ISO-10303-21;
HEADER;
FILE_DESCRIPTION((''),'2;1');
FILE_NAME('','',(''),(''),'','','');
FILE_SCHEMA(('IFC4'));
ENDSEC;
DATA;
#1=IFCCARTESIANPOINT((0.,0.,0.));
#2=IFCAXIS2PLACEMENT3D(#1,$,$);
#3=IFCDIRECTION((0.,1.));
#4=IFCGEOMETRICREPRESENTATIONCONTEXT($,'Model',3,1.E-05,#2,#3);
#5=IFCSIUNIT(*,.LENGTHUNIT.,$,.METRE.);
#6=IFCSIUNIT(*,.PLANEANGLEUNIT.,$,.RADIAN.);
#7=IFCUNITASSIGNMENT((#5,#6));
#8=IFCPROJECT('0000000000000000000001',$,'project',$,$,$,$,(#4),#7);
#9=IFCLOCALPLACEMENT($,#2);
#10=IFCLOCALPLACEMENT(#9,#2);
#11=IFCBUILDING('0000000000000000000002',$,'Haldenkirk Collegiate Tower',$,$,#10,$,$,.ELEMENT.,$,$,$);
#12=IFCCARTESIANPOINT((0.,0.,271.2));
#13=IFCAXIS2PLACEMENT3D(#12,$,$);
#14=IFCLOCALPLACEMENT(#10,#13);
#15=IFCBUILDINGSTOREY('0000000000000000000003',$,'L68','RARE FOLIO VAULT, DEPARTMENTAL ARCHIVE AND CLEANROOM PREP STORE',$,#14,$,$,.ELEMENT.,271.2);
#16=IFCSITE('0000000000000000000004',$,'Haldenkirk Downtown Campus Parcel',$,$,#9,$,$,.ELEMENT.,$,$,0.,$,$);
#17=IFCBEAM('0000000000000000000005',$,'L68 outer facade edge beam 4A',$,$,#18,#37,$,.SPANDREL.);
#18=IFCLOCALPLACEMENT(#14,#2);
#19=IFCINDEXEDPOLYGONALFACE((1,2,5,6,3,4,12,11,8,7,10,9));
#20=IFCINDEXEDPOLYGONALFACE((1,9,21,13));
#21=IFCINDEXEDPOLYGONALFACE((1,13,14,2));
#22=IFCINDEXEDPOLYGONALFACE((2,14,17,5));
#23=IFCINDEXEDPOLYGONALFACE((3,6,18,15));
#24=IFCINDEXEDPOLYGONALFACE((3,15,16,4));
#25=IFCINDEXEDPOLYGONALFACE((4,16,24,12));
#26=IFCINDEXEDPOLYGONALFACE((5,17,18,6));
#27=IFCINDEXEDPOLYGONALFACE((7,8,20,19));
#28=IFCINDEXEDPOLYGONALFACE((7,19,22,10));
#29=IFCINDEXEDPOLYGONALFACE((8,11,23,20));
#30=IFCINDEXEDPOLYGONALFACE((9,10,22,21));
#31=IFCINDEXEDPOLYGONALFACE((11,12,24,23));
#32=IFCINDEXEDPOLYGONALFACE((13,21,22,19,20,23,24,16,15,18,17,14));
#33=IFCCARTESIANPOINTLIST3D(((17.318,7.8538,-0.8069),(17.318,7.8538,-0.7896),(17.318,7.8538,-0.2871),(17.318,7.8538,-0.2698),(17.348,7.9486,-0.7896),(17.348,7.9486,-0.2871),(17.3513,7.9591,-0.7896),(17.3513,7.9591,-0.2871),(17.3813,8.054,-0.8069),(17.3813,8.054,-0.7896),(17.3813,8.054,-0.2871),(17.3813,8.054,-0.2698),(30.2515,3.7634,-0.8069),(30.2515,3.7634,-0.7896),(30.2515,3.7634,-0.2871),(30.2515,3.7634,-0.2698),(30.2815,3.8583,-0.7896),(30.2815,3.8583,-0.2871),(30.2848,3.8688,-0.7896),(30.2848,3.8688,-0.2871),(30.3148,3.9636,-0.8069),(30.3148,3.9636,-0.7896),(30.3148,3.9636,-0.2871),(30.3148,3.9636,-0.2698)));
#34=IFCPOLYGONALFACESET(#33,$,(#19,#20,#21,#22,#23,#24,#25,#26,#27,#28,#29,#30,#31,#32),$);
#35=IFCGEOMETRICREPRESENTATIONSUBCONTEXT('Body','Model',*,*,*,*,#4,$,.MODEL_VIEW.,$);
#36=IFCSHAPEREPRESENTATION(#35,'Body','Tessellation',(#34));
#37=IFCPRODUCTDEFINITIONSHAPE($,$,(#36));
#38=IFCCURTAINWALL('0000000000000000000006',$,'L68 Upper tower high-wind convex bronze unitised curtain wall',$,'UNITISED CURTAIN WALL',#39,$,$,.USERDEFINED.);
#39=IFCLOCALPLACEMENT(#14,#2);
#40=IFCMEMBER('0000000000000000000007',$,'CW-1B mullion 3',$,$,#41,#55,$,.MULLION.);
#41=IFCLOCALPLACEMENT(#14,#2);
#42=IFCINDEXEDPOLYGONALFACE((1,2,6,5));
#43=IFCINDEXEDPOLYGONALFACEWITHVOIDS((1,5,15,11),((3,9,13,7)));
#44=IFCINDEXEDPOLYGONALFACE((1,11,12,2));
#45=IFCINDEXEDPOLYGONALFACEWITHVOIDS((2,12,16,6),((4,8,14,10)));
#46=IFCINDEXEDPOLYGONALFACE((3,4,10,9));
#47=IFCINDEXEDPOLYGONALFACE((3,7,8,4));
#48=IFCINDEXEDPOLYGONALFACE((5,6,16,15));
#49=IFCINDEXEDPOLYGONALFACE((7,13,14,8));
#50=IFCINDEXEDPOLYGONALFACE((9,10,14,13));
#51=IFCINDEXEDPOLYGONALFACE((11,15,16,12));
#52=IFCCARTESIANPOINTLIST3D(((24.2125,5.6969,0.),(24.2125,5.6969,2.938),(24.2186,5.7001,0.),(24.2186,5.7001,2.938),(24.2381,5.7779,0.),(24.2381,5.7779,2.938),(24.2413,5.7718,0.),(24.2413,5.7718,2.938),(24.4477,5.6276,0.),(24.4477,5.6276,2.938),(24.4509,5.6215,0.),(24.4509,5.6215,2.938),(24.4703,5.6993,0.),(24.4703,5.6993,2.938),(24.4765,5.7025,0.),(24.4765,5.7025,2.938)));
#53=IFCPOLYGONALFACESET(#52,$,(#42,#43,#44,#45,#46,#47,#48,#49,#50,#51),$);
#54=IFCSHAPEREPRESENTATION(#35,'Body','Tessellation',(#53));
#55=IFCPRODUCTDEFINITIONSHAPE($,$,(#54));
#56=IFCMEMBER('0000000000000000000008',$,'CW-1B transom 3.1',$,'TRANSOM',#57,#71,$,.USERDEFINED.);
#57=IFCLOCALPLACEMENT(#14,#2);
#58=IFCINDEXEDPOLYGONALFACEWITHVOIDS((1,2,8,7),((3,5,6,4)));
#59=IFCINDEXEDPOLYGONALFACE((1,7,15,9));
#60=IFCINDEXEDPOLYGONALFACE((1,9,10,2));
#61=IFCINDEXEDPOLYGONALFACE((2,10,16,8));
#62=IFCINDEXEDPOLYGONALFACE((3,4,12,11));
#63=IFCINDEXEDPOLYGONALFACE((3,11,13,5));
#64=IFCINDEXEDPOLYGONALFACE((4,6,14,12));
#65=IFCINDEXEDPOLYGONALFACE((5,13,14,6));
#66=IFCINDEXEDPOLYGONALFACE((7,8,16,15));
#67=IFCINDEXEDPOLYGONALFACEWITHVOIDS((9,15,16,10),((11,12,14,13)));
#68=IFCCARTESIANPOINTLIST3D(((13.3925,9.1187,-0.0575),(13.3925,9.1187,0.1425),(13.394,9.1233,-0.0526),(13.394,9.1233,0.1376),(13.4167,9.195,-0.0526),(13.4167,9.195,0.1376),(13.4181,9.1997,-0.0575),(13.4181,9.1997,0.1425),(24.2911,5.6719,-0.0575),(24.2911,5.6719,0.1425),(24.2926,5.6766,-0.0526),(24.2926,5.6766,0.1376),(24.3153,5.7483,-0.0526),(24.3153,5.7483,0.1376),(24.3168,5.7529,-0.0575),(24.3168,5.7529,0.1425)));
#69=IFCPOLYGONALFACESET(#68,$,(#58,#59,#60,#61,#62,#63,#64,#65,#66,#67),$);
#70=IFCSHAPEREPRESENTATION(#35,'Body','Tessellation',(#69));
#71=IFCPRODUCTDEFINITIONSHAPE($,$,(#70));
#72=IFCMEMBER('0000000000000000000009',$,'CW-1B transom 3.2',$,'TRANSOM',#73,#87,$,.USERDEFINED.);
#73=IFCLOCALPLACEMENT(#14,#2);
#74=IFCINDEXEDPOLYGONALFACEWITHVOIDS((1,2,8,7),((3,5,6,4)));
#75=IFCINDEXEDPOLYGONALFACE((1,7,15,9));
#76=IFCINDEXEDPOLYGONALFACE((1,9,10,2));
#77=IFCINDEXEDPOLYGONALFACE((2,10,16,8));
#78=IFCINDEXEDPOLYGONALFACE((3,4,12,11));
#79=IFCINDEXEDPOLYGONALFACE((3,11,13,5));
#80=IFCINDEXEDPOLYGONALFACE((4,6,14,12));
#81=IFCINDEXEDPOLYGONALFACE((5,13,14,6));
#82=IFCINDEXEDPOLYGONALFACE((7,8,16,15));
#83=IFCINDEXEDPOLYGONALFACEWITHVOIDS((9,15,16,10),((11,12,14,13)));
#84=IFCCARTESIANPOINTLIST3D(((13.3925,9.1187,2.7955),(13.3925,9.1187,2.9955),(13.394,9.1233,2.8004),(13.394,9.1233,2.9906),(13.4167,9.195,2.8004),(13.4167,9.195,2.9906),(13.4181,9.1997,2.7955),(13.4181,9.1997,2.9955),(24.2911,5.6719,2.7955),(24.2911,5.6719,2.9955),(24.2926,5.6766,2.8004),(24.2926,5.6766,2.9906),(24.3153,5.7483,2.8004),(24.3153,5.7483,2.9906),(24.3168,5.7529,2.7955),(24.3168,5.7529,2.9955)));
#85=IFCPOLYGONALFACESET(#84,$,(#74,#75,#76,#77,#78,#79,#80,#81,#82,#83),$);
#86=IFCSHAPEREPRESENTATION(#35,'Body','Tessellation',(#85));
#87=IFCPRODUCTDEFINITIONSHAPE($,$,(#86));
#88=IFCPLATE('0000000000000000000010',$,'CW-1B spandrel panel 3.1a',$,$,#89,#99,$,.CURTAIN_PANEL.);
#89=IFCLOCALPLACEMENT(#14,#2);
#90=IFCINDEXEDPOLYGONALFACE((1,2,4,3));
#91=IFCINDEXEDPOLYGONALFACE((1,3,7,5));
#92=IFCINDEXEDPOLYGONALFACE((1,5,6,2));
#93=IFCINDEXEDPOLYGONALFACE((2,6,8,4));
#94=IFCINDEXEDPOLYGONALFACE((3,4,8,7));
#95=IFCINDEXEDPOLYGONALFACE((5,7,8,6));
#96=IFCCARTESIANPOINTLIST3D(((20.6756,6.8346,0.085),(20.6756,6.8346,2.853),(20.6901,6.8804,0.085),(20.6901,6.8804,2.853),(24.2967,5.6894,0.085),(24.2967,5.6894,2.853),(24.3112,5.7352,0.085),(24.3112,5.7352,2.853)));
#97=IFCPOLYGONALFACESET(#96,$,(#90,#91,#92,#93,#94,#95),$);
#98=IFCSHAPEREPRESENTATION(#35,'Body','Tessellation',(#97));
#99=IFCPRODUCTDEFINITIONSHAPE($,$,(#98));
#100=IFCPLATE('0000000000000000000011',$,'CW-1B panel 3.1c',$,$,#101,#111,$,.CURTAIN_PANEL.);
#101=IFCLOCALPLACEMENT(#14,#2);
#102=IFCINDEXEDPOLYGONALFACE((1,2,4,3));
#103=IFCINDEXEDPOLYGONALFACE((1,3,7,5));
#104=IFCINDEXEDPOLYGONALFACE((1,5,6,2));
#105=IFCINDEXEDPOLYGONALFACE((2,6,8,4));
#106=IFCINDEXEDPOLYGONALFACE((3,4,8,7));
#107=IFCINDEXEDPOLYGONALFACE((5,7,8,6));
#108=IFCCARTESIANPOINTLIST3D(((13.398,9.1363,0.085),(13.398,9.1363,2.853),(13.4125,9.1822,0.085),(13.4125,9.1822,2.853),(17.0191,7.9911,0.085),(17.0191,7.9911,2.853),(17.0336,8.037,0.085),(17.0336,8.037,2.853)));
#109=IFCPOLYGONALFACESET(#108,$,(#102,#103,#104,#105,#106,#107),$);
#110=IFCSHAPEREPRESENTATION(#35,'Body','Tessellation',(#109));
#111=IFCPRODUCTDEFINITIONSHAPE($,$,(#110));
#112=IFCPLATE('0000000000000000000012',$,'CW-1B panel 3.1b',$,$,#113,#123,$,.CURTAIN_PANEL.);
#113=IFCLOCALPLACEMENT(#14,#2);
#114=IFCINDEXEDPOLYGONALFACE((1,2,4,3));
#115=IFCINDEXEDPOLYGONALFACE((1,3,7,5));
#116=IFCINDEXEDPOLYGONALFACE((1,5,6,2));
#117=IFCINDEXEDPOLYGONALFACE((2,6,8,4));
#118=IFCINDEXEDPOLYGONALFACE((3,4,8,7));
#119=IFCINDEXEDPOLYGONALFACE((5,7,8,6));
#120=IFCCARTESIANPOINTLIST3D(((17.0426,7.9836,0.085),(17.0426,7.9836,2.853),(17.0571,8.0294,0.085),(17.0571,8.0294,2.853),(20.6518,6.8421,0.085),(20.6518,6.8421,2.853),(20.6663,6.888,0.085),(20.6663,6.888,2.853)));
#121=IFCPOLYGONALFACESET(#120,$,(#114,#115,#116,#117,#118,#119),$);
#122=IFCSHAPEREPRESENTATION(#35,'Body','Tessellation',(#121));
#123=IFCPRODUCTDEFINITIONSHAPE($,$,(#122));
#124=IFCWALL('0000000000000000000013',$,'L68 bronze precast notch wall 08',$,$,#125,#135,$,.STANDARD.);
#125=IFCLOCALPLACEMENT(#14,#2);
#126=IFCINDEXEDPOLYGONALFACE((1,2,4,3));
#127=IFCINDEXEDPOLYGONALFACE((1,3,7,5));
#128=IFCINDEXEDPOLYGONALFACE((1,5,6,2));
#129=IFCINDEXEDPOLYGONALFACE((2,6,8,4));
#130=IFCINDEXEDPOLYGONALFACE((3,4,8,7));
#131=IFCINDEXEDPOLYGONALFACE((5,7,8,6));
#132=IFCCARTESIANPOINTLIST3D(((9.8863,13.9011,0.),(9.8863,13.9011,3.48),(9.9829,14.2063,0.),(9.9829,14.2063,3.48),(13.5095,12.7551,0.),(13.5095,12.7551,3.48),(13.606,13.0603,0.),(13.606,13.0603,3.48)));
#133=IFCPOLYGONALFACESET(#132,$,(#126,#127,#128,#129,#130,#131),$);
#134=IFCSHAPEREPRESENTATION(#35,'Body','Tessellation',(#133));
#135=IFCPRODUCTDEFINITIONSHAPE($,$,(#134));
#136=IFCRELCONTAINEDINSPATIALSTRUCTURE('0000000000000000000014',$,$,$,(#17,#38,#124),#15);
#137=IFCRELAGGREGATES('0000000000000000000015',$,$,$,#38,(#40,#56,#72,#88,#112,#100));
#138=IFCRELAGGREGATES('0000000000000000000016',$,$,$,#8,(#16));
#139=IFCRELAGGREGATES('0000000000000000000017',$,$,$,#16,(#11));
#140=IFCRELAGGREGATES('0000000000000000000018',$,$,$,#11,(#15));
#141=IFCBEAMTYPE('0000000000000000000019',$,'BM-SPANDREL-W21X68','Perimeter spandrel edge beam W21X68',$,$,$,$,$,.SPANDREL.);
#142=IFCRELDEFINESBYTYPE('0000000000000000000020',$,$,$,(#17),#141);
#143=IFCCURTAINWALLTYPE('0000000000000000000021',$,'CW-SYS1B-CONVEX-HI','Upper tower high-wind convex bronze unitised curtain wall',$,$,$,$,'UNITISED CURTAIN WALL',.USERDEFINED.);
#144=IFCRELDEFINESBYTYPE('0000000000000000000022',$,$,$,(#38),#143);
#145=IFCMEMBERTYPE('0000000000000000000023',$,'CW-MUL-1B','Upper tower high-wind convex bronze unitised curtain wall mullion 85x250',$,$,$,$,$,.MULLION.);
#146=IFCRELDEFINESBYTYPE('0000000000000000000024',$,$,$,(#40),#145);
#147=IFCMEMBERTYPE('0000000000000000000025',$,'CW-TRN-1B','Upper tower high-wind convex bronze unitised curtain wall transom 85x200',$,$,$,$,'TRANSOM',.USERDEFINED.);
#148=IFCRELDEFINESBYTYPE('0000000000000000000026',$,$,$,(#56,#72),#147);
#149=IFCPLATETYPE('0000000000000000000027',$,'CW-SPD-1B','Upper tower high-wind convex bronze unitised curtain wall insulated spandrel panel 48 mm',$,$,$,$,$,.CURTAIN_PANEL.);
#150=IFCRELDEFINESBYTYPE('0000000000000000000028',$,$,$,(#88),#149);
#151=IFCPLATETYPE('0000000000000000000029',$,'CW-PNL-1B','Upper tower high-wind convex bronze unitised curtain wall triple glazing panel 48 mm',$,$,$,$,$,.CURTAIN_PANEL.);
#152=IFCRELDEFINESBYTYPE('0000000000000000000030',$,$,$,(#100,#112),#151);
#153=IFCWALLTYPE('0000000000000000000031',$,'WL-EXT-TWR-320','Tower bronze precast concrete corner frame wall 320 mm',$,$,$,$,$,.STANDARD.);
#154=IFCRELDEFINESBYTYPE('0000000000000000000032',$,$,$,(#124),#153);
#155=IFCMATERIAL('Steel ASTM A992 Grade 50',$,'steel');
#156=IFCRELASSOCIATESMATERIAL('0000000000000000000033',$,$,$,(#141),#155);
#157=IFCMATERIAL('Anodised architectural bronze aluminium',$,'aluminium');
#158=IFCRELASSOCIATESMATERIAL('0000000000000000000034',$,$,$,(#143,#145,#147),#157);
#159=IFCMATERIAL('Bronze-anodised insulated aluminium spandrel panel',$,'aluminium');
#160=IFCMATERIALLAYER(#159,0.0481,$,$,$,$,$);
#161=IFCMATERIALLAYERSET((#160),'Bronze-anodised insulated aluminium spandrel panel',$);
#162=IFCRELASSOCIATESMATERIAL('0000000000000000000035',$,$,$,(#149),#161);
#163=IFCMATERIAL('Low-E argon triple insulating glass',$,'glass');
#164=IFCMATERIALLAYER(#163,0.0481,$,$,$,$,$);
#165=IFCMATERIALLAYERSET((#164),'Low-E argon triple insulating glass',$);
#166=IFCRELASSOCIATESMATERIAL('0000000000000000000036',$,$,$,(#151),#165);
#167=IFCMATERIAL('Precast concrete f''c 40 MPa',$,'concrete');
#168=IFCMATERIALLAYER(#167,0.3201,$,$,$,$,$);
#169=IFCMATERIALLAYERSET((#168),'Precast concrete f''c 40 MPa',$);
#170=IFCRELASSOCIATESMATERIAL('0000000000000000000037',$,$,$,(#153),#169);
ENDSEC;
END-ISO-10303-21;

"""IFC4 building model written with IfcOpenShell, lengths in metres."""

from ifc_helpers import new_model, si_unit, direction, frame, frame_2d, origin, origin_2d, place, context, subcontext, project, spatial, rectangle, hollow_rectangle, i_section, extrude, source, transform, mapped, material, layer, layer_set, material_profile, profile_set, type_object, element, aggregate, save


model = new_model("IFC4")

# Units and contexts
model_context = context("Model", 3, precision=1e-05, world=origin(), true_north=direction((0.0, 1.0)))
body_context = subcontext(model_context, "Body", "Model", "MODEL_VIEW")
ifc_project = project(units=[si_unit("LENGTHUNIT", "METRE"), si_unit("PLANEANGLEUNIT", "RADIAN")], contexts=[model_context])

# Site, building, storey
site_placement = place(None, origin())
site = spatial("IfcSite", under=ifc_project, at=site_placement, Name="Haldenkirk Downtown Campus Parcel", CompositionType="ELEMENT", RefElevation=0.0)
building_placement = place(site_placement, origin())
building = spatial("IfcBuilding", under=site, at=building_placement, Name="Haldenkirk Collegiate Tower", CompositionType="ELEMENT")
storey_placement = place(building_placement, frame((0.0, 0.0, 271.2)))
storey = spatial("IfcBuildingStorey", under=building, at=storey_placement, Name="L68", Description="RARE FOLIO VAULT, DEPARTMENTAL ARCHIVE AND CLEANROOM PREP STORE", CompositionType="ELEMENT", Elevation=271.2)

# Beam
ifc_material_1 = material(Name="Steel ASTM A992 Grade 50", Category="steel")
ifc_material_profile_1 = material_profile(ifc_material_1, i_section(OverallWidth=0.21, OverallDepth=0.5371, WebThickness=0.011, FlangeThickness=0.0173, at=origin_2d()), Name="W21X68")
ifc_profile_set_1 = profile_set([ifc_material_profile_1], Name="Steel ASTM A992 Grade 50")
beam_type_1 = type_object("IfcBeamType", Name="BM-SPANDREL-W21X68", Description="Perimeter spandrel edge beam W21X68", PredefinedType="SPANDREL", material=ifc_profile_set_1)
beam_1_placement = place(storey_placement, frame((17.3496, 7.9539, -0.5383), z_axis=(0.953455, -0.301536, 0.0), x_axis=(0.301536, 0.953455, 0.0)))
element("IfcBeam", 1, at=beam_1_placement, inside=storey, type_object=beam_type_1, Name="L68 outer facade edge beam 4A", PredefinedType="SPANDREL", context=body_context, shape_type="SweptSolid", body=[
    extrude(i_section(OverallWidth=0.21, OverallDepth=0.5371, WebThickness=0.011, FlangeThickness=0.0173, at=origin_2d()), origin(), (0.0, 0.0, 1.0), 13.5649),
])

# Curtain wall, members, plates
ifc_material_2 = material(Name="Anodised architectural bronze aluminium", Category="aluminium")
curtain_wall_type = type_object("IfcCurtainWallType", Name="CW-SYS1B-CONVEX-HI", Description="Upper tower high-wind convex bronze unitised curtain wall", ElementType="UNITISED CURTAIN WALL", PredefinedType="USERDEFINED", material=ifc_material_2)
curtain_wall_placement = place(storey_placement, origin())
curtain_wall = element("IfcCurtainWall", 2, at=curtain_wall_placement, inside=storey, type_object=curtain_wall_type, Name="L68 Upper tower high-wind convex bronze unitised curtain wall", ObjectType="UNITISED CURTAIN WALL", PredefinedType="USERDEFINED")
ifc_material_profile_2 = material_profile(ifc_material_2, hollow_rectangle(XDim=0.085, YDim=0.25, WallThickness=0.0049, at=origin_2d()), Name="CW-MUL-1B")
ifc_profile_set_2 = profile_set([ifc_material_profile_2], Name="Anodised architectural bronze aluminium")
member_type_1 = type_object("IfcMemberType", Name="CW-MUL-1B", Description="Upper tower high-wind convex bronze unitised curtain wall mullion 85x250", PredefinedType="MULLION", material=ifc_profile_set_2)
member_1_placement = place(storey_placement, frame((24.3445, 5.6997, 0.0), z_axis=(0.0, 0.0, 1.0), x_axis=(-0.301537, -0.953454, 0.0)))
member_1 = element("IfcMember", 3, at=member_1_placement, type_object=member_type_1, Name="CW-1B mullion 3", PredefinedType="MULLION", context=body_context, shape_type="SweptSolid", body=[
    extrude(hollow_rectangle(XDim=0.085, YDim=0.25, WallThickness=0.0049, at=origin_2d()), origin(), (0.0, 0.0, 1.0), 2.938),
])
ifc_material_profile_3 = material_profile(ifc_material_2, hollow_rectangle(XDim=0.085, YDim=0.2, WallThickness=0.0049, at=origin_2d()), Name="CW-TRN-1B")
ifc_profile_set_3 = profile_set([ifc_material_profile_3], Name="Anodised architectural bronze aluminium")
member_type_2 = type_object("IfcMemberType", Name="CW-TRN-1B", Description="Upper tower high-wind convex bronze unitised curtain wall transom 85x200", ElementType="TRANSOM", PredefinedType="USERDEFINED", material=ifc_profile_set_3)
member_2_placement = place(storey_placement, frame((24.304, 5.7124, 0.0425), z_axis=(-0.953455, 0.301536, 0.0), x_axis=(-0.301536, -0.953455, 0.0)))
member_2 = element("IfcMember", 4, at=member_2_placement, type_object=member_type_2, Name="CW-1B transom 3.1", ObjectType="TRANSOM", PredefinedType="USERDEFINED", context=body_context, shape_type="SweptSolid", body=[
    extrude(hollow_rectangle(XDim=0.085, YDim=0.2, WallThickness=0.0049, at=origin_2d()), origin(), (0.0, 0.0, 1.0), 11.4307),
])
member_3_placement = place(storey_placement, frame((24.304, 5.7124, 2.8955), z_axis=(-0.953455, 0.301536, 0.0), x_axis=(-0.301536, -0.953455, 0.0)))
member_3 = element("IfcMember", 5, at=member_3_placement, type_object=member_type_2, Name="CW-1B transom 3.2", ObjectType="TRANSOM", PredefinedType="USERDEFINED", context=body_context, shape_type="SweptSolid", body=[
    extrude(hollow_rectangle(XDim=0.085, YDim=0.2, WallThickness=0.0049, at=origin_2d()), origin(), (0.0, 0.0, 1.0), 11.4307),
])
ifc_material_3 = material(Name="Bronze-anodised insulated aluminium spandrel panel", Category="aluminium")
ifc_layer_1 = layer(ifc_material_3, 0.0481)
ifc_layer_set_1 = layer_set([ifc_layer_1], Name="Bronze-anodised insulated aluminium spandrel panel")
plate_type_1 = type_object("IfcPlateType", Name="CW-SPD-1B", Description="Upper tower high-wind convex bronze unitised curtain wall insulated spandrel panel 48 mm", PredefinedType="CURTAIN_PANEL", material=ifc_layer_set_1)
shared_shape_1 = source(origin(), body_context, "Body", "SweptSolid", [
    extrude(rectangle(XDim=3.7979, YDim=0.0481, at=origin_2d()), origin(), (0.0, 0.0, 1.0), 2.7681),
])
plate_1_placement = place(storey_placement, frame((22.4934, 6.2849, 0.085), z_axis=(0.0, 0.0, 1.0), x_axis=(-0.953454, 0.301537, 0.0)))
plate_1 = element("IfcPlate", 6, at=plate_1_placement, type_object=plate_type_1, Name="CW-1B spandrel panel 3.1a", PredefinedType="CURTAIN_PANEL", context=body_context, shape_type="MappedRepresentation", body=[
    mapped(shared_shape_1, transform((0.0, 0.0, 0.0), x_axis=(1.0, 0.0, 0.0), y_axis=(0.0, 1.0, 0.0), z_axis=(0.0, 0.0, 1.0), scale=1.0)),
])
ifc_material_4 = material(Name="Low-E argon triple insulating glass", Category="glass")
ifc_layer_2 = layer(ifc_material_4, 0.0481)
ifc_layer_set_2 = layer_set([ifc_layer_2], Name="Low-E argon triple insulating glass")
plate_type_2 = type_object("IfcPlateType", Name="CW-PNL-1B", Description="Upper tower high-wind convex bronze unitised curtain wall triple glazing panel 48 mm", PredefinedType="CURTAIN_PANEL", material=ifc_layer_set_2)
plate_2_placement = place(storey_placement, frame((15.2158, 8.5867, 0.085), z_axis=(0.0, 0.0, 1.0), x_axis=(-0.953454, 0.301537, 0.0)))
plate_2 = element("IfcPlate", 7, at=plate_2_placement, type_object=plate_type_2, Name="CW-1B panel 3.1c", PredefinedType="CURTAIN_PANEL", context=body_context, shape_type="MappedRepresentation", body=[
    mapped(shared_shape_1, transform((0.0, 0.0, 0.0), x_axis=(1.0, 0.0, 0.0), y_axis=(0.0, 1.0, 0.0), z_axis=(0.0, 0.0, 1.0), scale=1.0)),
])
shared_shape_2 = source(origin(), body_context, "Body", "SweptSolid", [
    extrude(rectangle(XDim=3.7854, YDim=0.0481, at=origin_2d()), origin(), (0.0, 0.0, 1.0), 2.7681),
])
plate_3_placement = place(storey_placement, frame((18.8545, 7.4358, 0.085), z_axis=(0.0, 0.0, 1.0), x_axis=(-0.953454, 0.301537, 0.0)))
plate_3 = element("IfcPlate", 8, at=plate_3_placement, type_object=plate_type_2, Name="CW-1B panel 3.1b", PredefinedType="CURTAIN_PANEL", context=body_context, shape_type="MappedRepresentation", body=[
    mapped(shared_shape_2, transform((0.0, 0.0, 0.0), x_axis=(1.0, 0.0, 0.0), y_axis=(0.0, 1.0, 0.0), z_axis=(0.0, 0.0, 1.0), scale=1.0)),
])
aggregate(curtain_wall, [member_1, member_2, member_3, plate_1, plate_3, plate_2])

# Wall
ifc_material_5 = material(Name="Precast concrete f'c 40 MPa", Category="concrete")
ifc_layer_3 = layer(ifc_material_5, 0.3201)
ifc_layer_set_3 = layer_set([ifc_layer_3], Name="Precast concrete f'c 40 MPa")
wall_type_1 = type_object("IfcWallType", Name="WL-EXT-TWR-320", Description="Tower bronze precast concrete corner frame wall 320 mm", PredefinedType="STANDARD", material=ifc_layer_set_3)
wall_1_placement = place(storey_placement, frame((13.5576, 12.9077, 0.0), z_axis=(0.0, 0.0, 1.0), x_axis=(-0.953441, 0.30158, 0.0)))
element("IfcWall", 9, at=wall_1_placement, inside=storey, type_object=wall_type_1, Name="L68 bronze precast notch wall 08", PredefinedType="STANDARD", context=body_context, shape_type="SweptSolid", body=[
    extrude(rectangle(XDim=3.8, YDim=0.3201, at=frame_2d((1.8999, 0.0))), origin(), (0.0, 0.0, 1.0), 3.48),
])

save(model, "model.ifc")
